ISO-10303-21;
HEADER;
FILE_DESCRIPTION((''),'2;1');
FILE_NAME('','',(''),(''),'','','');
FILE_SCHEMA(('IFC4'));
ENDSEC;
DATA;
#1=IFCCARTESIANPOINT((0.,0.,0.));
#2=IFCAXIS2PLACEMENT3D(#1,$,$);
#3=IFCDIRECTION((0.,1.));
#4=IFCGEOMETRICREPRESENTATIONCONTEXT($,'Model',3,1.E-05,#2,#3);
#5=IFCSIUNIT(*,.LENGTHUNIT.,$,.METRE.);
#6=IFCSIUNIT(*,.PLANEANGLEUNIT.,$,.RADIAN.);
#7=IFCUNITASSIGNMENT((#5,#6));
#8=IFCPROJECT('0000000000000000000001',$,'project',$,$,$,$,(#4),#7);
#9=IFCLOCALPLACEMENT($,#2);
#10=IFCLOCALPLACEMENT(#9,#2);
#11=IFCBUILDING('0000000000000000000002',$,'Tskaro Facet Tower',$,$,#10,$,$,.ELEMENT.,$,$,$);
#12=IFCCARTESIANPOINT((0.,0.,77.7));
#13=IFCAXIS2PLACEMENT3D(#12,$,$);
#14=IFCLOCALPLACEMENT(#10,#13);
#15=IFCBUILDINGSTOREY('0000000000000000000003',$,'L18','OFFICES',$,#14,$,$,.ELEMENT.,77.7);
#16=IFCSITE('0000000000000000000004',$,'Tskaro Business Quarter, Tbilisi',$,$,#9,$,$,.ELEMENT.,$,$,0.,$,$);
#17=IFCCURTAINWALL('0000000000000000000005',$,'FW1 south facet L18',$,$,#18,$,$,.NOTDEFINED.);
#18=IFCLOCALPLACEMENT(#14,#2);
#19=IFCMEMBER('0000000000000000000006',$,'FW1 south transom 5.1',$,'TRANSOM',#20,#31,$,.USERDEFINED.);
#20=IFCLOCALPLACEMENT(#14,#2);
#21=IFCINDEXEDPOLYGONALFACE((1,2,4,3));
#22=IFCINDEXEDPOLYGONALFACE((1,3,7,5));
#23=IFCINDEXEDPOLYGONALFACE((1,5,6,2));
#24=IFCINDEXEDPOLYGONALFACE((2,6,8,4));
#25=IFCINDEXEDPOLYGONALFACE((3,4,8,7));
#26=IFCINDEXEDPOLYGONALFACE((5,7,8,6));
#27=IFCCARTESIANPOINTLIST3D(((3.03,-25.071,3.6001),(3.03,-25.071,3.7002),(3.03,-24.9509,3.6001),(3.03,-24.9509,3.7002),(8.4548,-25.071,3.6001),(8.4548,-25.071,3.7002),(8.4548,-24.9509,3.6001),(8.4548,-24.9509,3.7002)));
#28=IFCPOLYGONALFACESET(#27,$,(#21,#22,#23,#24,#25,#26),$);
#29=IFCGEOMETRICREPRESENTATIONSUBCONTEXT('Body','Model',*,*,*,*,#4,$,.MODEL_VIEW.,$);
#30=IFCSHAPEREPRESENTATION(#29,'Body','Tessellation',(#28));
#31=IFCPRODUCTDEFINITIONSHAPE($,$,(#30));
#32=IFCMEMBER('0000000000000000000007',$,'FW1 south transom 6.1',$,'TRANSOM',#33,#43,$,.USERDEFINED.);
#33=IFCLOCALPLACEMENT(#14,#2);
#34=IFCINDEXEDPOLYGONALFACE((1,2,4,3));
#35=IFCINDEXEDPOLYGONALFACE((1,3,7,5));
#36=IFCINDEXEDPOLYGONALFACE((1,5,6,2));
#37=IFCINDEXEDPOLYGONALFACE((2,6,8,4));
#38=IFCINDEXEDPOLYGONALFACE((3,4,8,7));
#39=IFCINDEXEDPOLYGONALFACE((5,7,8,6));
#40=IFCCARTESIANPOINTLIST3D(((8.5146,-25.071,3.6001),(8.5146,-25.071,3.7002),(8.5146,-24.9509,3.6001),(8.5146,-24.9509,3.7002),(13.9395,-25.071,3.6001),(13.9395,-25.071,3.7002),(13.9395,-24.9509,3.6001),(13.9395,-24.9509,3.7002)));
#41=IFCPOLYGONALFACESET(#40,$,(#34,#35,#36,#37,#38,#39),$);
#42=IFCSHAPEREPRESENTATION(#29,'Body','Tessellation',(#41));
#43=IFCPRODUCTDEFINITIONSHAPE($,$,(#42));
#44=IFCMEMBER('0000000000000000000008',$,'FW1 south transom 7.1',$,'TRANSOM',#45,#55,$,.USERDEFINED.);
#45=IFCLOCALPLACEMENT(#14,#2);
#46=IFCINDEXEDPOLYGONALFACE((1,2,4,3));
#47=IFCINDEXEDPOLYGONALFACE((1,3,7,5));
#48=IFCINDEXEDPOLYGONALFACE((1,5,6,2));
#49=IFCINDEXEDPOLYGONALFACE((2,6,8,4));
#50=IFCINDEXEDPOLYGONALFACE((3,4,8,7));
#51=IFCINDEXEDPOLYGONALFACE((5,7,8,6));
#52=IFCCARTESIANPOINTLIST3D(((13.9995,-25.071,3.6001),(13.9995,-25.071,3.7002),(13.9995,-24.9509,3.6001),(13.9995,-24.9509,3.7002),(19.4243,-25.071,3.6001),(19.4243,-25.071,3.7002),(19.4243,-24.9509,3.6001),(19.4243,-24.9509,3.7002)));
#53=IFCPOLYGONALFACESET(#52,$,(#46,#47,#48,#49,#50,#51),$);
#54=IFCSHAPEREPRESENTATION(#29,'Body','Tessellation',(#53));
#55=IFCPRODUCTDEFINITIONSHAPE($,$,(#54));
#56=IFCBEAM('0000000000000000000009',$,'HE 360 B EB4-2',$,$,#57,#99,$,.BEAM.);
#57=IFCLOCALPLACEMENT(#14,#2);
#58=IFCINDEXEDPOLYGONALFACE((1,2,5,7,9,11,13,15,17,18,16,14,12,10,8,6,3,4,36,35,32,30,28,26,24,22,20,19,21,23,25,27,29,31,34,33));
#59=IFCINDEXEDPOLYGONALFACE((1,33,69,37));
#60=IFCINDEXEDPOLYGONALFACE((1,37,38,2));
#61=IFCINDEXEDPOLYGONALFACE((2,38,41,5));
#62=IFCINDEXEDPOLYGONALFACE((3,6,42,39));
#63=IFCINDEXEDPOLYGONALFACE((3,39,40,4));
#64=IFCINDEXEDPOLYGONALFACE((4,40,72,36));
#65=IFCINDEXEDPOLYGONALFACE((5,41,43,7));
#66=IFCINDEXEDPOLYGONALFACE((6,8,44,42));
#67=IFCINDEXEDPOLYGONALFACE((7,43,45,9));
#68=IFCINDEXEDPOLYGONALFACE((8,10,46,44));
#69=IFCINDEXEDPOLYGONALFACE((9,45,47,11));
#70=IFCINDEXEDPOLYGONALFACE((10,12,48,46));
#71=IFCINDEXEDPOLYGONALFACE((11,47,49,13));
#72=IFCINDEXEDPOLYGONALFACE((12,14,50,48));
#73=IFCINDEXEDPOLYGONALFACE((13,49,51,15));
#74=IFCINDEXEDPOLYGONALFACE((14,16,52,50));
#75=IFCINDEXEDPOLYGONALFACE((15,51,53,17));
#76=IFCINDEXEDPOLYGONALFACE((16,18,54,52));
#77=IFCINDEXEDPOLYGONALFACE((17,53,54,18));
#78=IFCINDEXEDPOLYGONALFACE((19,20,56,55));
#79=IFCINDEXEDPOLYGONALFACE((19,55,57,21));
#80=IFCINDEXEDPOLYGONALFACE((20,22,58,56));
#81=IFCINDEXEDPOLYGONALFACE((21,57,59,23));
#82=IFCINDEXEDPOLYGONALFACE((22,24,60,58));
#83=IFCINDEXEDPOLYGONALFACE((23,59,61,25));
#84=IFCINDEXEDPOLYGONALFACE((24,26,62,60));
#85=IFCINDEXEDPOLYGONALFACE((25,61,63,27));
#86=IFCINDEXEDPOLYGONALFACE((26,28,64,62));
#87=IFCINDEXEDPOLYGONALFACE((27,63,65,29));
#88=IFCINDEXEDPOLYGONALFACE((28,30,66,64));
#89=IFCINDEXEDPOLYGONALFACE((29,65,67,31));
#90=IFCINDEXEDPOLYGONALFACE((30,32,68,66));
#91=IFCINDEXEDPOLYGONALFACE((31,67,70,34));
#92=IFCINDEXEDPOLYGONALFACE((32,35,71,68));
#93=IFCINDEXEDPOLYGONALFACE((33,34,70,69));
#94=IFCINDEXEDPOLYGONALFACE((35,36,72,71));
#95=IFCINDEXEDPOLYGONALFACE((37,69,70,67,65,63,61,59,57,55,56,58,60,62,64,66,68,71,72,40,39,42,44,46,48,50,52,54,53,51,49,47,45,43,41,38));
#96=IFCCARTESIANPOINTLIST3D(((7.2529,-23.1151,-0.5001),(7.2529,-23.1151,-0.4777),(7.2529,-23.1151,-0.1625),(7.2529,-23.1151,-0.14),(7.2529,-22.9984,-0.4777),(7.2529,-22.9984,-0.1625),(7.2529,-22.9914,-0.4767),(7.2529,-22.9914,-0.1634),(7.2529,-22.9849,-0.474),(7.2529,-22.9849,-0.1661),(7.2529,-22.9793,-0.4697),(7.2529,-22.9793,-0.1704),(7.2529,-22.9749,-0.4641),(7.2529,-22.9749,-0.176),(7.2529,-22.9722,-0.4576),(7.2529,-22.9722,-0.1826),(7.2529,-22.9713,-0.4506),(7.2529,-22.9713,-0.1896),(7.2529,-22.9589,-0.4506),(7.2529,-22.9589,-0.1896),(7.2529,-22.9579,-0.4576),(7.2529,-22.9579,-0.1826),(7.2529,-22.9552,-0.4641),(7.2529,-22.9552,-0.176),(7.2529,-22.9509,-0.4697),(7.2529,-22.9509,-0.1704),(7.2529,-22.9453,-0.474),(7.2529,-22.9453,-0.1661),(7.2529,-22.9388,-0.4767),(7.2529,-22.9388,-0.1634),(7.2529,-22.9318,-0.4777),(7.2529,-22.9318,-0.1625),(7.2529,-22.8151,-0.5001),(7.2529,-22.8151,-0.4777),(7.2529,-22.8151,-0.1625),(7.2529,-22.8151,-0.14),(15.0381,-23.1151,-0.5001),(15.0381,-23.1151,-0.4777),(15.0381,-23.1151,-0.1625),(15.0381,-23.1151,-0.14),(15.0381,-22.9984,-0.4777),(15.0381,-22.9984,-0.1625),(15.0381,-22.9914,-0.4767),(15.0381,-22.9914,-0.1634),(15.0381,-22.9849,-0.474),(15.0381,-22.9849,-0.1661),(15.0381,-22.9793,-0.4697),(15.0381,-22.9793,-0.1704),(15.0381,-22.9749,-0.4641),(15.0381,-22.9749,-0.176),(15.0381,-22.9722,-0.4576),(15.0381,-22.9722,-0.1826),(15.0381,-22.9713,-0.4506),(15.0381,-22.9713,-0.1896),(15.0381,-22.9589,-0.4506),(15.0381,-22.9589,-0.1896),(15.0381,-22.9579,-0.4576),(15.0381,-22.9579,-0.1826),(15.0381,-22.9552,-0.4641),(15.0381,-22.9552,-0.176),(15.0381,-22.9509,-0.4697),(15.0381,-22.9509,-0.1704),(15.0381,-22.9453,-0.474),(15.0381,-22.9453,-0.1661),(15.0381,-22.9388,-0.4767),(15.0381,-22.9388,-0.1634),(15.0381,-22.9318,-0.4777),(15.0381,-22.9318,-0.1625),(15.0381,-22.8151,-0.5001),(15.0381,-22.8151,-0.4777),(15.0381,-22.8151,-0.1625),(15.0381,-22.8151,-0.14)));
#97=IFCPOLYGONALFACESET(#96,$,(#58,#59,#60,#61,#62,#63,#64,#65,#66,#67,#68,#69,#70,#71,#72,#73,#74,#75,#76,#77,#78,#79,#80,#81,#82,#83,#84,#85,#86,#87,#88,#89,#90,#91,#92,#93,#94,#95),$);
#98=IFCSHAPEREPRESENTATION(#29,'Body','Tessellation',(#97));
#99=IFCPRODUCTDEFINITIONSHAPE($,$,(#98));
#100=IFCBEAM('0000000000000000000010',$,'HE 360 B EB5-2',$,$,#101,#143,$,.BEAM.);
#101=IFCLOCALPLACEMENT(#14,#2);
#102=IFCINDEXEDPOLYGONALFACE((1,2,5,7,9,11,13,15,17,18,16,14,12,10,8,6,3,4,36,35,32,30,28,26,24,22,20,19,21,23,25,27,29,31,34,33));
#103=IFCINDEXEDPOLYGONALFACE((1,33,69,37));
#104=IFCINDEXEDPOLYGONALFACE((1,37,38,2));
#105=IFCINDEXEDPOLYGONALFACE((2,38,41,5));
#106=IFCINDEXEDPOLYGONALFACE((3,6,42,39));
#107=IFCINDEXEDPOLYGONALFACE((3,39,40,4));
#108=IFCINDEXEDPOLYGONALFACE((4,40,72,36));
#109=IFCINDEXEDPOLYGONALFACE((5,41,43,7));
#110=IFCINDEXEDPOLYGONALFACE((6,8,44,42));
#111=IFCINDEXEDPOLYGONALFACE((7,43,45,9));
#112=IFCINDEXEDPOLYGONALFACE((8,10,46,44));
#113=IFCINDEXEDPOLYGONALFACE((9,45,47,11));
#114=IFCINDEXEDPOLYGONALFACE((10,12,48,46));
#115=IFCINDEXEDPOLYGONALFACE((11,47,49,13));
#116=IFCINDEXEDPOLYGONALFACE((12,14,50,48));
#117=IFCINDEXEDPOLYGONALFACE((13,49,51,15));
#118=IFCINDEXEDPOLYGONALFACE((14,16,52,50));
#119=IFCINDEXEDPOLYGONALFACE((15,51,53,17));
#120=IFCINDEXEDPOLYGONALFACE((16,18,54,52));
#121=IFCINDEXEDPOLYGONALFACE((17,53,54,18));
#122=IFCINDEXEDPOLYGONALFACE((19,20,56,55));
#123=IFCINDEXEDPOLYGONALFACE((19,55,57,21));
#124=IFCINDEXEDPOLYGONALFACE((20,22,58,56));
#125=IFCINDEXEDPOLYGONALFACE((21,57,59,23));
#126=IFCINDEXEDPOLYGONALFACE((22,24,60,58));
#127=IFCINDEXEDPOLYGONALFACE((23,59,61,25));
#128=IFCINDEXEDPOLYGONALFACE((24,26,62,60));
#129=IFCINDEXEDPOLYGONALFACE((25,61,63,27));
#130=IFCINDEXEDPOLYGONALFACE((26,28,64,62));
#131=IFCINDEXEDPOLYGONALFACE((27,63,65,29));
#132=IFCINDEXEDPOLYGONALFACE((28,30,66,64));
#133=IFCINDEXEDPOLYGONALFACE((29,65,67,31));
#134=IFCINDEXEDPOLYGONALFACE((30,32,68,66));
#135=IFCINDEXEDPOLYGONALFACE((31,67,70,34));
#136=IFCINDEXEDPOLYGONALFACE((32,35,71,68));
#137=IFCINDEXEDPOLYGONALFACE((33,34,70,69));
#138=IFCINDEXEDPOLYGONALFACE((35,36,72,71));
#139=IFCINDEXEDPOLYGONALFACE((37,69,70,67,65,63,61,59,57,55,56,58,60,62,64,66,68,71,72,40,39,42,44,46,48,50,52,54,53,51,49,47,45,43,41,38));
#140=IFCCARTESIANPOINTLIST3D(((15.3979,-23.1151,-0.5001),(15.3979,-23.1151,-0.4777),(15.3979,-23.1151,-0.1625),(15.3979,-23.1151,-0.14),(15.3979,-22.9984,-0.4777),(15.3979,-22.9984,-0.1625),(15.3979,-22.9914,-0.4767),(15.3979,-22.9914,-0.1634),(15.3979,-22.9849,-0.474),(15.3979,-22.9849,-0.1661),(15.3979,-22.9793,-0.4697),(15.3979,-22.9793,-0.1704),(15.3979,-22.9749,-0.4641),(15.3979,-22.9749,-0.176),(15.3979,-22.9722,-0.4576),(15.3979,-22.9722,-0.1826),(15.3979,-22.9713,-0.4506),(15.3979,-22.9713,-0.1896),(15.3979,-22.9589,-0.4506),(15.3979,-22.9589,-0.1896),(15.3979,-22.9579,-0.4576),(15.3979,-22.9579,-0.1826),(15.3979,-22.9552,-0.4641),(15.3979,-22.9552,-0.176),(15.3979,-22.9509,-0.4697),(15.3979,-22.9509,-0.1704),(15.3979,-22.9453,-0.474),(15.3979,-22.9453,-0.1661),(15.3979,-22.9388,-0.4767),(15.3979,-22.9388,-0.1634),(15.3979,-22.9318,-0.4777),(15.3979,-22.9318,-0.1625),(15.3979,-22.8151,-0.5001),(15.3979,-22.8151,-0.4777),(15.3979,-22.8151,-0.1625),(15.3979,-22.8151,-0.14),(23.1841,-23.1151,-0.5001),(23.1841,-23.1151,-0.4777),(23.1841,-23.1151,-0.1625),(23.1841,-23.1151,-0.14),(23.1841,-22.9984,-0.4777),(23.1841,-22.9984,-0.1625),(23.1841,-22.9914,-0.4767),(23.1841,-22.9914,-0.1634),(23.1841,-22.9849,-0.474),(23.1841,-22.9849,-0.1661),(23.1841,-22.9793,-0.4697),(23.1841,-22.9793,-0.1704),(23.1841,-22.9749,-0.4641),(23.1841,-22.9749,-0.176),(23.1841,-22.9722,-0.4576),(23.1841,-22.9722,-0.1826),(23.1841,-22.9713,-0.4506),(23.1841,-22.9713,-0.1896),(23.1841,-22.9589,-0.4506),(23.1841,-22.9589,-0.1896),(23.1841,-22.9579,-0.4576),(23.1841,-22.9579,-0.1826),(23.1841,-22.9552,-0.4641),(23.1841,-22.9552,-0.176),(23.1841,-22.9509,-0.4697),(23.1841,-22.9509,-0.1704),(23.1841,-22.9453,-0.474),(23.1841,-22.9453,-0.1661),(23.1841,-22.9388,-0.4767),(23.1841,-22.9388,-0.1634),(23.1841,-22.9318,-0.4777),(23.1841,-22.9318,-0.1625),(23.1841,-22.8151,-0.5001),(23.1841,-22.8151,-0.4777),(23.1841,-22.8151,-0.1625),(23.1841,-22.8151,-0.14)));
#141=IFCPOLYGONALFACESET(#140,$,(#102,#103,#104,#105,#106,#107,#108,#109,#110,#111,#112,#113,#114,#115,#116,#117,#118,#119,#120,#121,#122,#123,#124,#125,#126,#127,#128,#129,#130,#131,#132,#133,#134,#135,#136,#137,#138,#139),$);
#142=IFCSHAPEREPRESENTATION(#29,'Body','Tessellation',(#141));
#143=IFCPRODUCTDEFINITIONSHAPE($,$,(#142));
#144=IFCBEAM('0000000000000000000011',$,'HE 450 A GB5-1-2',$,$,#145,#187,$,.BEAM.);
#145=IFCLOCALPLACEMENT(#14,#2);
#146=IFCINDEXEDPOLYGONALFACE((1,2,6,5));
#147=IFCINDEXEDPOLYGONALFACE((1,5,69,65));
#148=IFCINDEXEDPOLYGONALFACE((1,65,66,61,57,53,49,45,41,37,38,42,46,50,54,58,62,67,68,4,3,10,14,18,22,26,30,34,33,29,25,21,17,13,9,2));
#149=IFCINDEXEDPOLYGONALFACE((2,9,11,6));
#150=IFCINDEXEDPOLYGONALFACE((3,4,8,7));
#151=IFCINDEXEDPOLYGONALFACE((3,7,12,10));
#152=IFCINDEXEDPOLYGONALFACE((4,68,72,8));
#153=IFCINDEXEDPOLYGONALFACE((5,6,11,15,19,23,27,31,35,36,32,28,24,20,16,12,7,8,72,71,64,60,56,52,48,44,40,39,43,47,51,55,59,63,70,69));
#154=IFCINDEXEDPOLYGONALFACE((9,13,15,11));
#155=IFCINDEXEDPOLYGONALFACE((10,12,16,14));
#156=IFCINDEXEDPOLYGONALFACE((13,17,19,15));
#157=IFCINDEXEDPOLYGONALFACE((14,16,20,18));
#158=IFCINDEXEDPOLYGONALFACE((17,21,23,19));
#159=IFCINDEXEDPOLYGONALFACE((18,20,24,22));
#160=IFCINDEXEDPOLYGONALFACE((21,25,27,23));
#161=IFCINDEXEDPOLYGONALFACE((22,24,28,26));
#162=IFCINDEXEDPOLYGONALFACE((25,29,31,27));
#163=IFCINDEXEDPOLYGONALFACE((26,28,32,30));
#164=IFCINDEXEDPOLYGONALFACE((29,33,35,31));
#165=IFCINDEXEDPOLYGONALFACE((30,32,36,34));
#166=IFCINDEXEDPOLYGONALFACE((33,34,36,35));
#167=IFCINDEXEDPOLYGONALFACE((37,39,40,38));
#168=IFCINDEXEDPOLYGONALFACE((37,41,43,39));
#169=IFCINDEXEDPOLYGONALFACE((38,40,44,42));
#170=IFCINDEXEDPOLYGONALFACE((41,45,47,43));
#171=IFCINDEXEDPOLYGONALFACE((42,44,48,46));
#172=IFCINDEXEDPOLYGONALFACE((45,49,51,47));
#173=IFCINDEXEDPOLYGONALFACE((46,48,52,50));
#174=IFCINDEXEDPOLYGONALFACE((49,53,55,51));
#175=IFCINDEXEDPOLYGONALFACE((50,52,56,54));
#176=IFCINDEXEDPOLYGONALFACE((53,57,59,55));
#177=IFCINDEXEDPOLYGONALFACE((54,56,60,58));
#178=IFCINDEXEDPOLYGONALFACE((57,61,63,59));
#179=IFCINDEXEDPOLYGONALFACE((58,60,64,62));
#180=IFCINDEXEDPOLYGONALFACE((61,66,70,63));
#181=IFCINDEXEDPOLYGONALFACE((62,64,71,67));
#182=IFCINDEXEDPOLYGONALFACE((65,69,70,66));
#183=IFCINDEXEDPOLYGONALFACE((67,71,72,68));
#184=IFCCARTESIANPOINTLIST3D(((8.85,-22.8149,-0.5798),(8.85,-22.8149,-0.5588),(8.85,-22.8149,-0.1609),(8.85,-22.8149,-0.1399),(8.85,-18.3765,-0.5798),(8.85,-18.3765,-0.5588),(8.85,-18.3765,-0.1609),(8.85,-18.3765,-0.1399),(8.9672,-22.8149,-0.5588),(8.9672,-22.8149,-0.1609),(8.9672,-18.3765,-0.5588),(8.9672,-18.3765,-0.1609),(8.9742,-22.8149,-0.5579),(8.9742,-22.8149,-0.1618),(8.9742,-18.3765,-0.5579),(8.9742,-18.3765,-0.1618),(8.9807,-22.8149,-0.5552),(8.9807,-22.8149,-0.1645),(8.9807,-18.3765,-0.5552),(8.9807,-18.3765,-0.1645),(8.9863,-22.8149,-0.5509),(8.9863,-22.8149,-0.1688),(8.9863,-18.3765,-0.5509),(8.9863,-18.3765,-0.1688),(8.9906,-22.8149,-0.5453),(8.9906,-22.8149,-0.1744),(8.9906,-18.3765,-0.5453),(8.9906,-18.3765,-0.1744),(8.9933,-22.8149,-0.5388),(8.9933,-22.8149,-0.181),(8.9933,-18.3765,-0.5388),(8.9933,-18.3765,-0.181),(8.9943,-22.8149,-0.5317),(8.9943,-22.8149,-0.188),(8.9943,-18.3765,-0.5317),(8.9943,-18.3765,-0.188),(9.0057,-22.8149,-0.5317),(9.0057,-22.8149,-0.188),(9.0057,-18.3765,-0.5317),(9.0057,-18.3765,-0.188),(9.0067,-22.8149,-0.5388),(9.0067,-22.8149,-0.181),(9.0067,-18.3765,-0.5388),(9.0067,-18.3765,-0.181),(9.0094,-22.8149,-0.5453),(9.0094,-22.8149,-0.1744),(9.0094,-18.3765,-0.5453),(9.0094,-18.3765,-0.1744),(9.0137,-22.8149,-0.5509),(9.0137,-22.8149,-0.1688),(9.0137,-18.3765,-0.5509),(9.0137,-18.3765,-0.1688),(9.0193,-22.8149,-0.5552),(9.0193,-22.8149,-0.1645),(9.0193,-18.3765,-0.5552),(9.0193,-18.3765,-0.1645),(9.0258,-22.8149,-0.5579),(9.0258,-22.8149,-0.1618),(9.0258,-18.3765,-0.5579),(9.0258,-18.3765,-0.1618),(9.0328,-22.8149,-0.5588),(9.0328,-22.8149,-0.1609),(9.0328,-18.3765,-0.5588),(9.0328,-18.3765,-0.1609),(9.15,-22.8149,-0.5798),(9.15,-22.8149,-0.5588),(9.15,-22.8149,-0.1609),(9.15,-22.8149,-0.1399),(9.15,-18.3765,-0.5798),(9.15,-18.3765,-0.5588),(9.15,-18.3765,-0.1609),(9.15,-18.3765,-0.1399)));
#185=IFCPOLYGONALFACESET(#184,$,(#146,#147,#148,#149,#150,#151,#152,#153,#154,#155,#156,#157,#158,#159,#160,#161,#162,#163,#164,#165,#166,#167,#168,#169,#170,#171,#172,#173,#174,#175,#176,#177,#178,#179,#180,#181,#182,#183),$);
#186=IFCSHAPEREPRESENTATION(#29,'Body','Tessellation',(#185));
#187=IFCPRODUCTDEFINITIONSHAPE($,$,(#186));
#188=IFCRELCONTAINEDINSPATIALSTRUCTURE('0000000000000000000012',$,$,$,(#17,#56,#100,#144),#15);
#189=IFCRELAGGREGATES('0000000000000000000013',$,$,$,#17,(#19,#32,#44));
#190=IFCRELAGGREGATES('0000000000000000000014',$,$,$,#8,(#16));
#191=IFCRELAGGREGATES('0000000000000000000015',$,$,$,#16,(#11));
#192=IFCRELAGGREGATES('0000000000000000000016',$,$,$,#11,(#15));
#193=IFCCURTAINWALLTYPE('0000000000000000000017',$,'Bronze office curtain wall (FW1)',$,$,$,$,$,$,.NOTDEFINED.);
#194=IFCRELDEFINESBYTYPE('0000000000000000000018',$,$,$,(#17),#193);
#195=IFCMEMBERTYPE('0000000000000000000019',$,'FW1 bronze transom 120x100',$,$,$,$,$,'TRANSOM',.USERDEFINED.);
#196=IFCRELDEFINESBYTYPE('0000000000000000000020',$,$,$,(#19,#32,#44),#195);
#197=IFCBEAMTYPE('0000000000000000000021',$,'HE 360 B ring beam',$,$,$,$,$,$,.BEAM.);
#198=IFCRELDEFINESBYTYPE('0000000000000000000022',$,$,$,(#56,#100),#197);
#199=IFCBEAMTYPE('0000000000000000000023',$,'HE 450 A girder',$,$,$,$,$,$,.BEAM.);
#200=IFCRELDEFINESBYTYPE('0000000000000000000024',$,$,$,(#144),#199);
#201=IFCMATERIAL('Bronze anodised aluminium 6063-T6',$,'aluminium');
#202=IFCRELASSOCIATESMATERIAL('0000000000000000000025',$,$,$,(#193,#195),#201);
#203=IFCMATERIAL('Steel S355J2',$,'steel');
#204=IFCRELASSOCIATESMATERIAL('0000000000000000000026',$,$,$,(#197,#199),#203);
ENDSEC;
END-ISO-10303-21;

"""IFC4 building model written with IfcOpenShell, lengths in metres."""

from ifc_helpers import new_model, si_unit, direction, frame, origin, origin_2d, place, context, subcontext, project, spatial, rectangle, i_section, extrude, material, material_profile, profile_set, type_object, element, aggregate, save


model = new_model("IFC4")

# Units and contexts
model_context = context("Model", 3, precision=1e-05, world=origin(), true_north=direction((0.0, 1.0)))
body_context = subcontext(model_context, "Body", "Model", "MODEL_VIEW")
ifc_project = project(units=[si_unit("LENGTHUNIT", "METRE"), si_unit("PLANEANGLEUNIT", "RADIAN")], contexts=[model_context])

# Site, building, storey
site_placement = place(None, origin())
site = spatial("IfcSite", under=ifc_project, at=site_placement, Name="Tskaro Business Quarter, Tbilisi", CompositionType="ELEMENT", RefElevation=0.0)
building_placement = place(site_placement, origin())
building = spatial("IfcBuilding", under=site, at=building_placement, Name="Tskaro Facet Tower", CompositionType="ELEMENT")
storey_placement = place(building_placement, frame((0.0, 0.0, 77.7)))
storey = spatial("IfcBuildingStorey", under=building, at=storey_placement, Name="L18", Description="OFFICES", CompositionType="ELEMENT", Elevation=77.7)

# Curtain wall, members
ifc_material_1 = material(Name="Bronze anodised aluminium 6063-T6", Category="aluminium")
curtain_wall_type = type_object("IfcCurtainWallType", Name="Bronze office curtain wall (FW1)", PredefinedType="NOTDEFINED", material=ifc_material_1)
curtain_wall_placement = place(storey_placement, origin())
curtain_wall = element("IfcCurtainWall", 1, at=curtain_wall_placement, inside=storey, type_object=curtain_wall_type, Name="FW1 south facet L18", PredefinedType="NOTDEFINED")
ifc_material_profile_1 = material_profile(ifc_material_1, rectangle(XDim=0.1201, YDim=0.1001, at=origin_2d()), Name="Transom 120x100")
ifc_profile_set_1 = profile_set([ifc_material_profile_1], Name="Bronze anodised aluminium 6063-T6")
member_type_1 = type_object("IfcMemberType", Name="FW1 bronze transom 120x100", ElementType="TRANSOM", PredefinedType="USERDEFINED", material=ifc_profile_set_1)
member_1_placement = place(storey_placement, frame((3.03, -25.011, 3.6501), z_axis=(1.0, 0.0, 0.0), x_axis=(0.0, 1.0, 0.0)))
member_1 = element("IfcMember", 2, at=member_1_placement, type_object=member_type_1, Name="FW1 south transom 5.1", ObjectType="TRANSOM", PredefinedType="USERDEFINED", context=body_context, shape_type="SweptSolid", body=[
    extrude(rectangle(XDim=0.1201, YDim=0.1001, at=origin_2d()), origin(), (0.0, 0.0, 1.0), 5.4248),
])
member_2_placement = place(storey_placement, frame((8.5146, -25.011, 3.6501), z_axis=(1.0, 0.0, 0.0), x_axis=(0.0, 1.0, 0.0)))
member_2 = element("IfcMember", 3, at=member_2_placement, type_object=member_type_1, Name="FW1 south transom 6.1", ObjectType="TRANSOM", PredefinedType="USERDEFINED", context=body_context, shape_type="SweptSolid", body=[
    extrude(rectangle(XDim=0.1201, YDim=0.1001, at=origin_2d()), origin(), (0.0, 0.0, 1.0), 5.4248),
])
member_3_placement = place(storey_placement, frame((13.9995, -25.011, 3.6501), z_axis=(1.0, 0.0, 0.0), x_axis=(0.0, 1.0, 0.0)))
member_3 = element("IfcMember", 4, at=member_3_placement, type_object=member_type_1, Name="FW1 south transom 7.1", ObjectType="TRANSOM", PredefinedType="USERDEFINED", context=body_context, shape_type="SweptSolid", body=[
    extrude(rectangle(XDim=0.1201, YDim=0.1001, at=origin_2d()), origin(), (0.0, 0.0, 1.0), 5.4248),
])

# Beams
ifc_material_2 = material(Name="Steel S355J2", Category="steel")
ifc_material_profile_2 = material_profile(ifc_material_2, i_section(OverallWidth=0.3, OverallDepth=0.3601, WebThickness=0.0125, FlangeThickness=0.0225, FilletRadius=0.0271, at=origin_2d()), Name="HE 360 B")
ifc_profile_set_2 = profile_set([ifc_material_profile_2], Name="Steel S355J2")
beam_type_1 = type_object("IfcBeamType", Name="HE 360 B ring beam", PredefinedType="BEAM", material=ifc_profile_set_2)
beam_1_placement = place(storey_placement, frame((7.2529, -22.9651, -0.3201), z_axis=(1.0, 0.0, 0.0), x_axis=(0.0, 1.0, 0.0)))
element("IfcBeam", 5, at=beam_1_placement, inside=storey, type_object=beam_type_1, Name="HE 360 B EB4-2", PredefinedType="BEAM", context=body_context, shape_type="SweptSolid", body=[
    extrude(i_section(OverallWidth=0.3, OverallDepth=0.3601, WebThickness=0.0125, FlangeThickness=0.0225, FilletRadius=0.0271, at=origin_2d()), origin(), (0.0, 0.0, 1.0), 7.7852),
])
beam_2_placement = place(storey_placement, frame((15.3979, -22.9651, -0.3201), z_axis=(1.0, 0.0, 0.0), x_axis=(0.0, 1.0, 0.0)))
element("IfcBeam", 6, at=beam_2_placement, inside=storey, type_object=beam_type_1, Name="HE 360 B EB5-2", PredefinedType="BEAM", context=body_context, shape_type="SweptSolid", body=[
    extrude(i_section(OverallWidth=0.3, OverallDepth=0.3601, WebThickness=0.0125, FlangeThickness=0.0225, FilletRadius=0.0271, at=origin_2d()), origin(), (0.0, 0.0, 1.0), 7.7861),
])
ifc_material_profile_3 = material_profile(ifc_material_2, i_section(OverallWidth=0.3, OverallDepth=0.4399, WebThickness=0.0115, FlangeThickness=0.021, FilletRadius=0.0271, at=origin_2d()), Name="HE 450 A")
ifc_profile_set_3 = profile_set([ifc_material_profile_3], Name="Steel S355J2")
beam_type_2 = type_object("IfcBeamType", Name="HE 450 A girder", PredefinedType="BEAM", material=ifc_profile_set_3)
beam_3_placement = place(storey_placement, frame((9.0, -22.8149, -0.3599), z_axis=(0.0, 1.0, 0.0), x_axis=(-1.0, 0.0, 0.0)))
element("IfcBeam", 7, at=beam_3_placement, inside=storey, type_object=beam_type_2, Name="HE 450 A GB5-1-2", PredefinedType="BEAM", context=body_context, shape_type="SweptSolid", body=[
    extrude(i_section(OverallWidth=0.3, OverallDepth=0.4399, WebThickness=0.0115, FlangeThickness=0.021, FilletRadius=0.0271, at=origin_2d()), origin(), (0.0, 0.0, 1.0), 4.4385),
])

aggregate(curtain_wall, [member_1, member_2, member_3])

save(model, "model.ifc")
